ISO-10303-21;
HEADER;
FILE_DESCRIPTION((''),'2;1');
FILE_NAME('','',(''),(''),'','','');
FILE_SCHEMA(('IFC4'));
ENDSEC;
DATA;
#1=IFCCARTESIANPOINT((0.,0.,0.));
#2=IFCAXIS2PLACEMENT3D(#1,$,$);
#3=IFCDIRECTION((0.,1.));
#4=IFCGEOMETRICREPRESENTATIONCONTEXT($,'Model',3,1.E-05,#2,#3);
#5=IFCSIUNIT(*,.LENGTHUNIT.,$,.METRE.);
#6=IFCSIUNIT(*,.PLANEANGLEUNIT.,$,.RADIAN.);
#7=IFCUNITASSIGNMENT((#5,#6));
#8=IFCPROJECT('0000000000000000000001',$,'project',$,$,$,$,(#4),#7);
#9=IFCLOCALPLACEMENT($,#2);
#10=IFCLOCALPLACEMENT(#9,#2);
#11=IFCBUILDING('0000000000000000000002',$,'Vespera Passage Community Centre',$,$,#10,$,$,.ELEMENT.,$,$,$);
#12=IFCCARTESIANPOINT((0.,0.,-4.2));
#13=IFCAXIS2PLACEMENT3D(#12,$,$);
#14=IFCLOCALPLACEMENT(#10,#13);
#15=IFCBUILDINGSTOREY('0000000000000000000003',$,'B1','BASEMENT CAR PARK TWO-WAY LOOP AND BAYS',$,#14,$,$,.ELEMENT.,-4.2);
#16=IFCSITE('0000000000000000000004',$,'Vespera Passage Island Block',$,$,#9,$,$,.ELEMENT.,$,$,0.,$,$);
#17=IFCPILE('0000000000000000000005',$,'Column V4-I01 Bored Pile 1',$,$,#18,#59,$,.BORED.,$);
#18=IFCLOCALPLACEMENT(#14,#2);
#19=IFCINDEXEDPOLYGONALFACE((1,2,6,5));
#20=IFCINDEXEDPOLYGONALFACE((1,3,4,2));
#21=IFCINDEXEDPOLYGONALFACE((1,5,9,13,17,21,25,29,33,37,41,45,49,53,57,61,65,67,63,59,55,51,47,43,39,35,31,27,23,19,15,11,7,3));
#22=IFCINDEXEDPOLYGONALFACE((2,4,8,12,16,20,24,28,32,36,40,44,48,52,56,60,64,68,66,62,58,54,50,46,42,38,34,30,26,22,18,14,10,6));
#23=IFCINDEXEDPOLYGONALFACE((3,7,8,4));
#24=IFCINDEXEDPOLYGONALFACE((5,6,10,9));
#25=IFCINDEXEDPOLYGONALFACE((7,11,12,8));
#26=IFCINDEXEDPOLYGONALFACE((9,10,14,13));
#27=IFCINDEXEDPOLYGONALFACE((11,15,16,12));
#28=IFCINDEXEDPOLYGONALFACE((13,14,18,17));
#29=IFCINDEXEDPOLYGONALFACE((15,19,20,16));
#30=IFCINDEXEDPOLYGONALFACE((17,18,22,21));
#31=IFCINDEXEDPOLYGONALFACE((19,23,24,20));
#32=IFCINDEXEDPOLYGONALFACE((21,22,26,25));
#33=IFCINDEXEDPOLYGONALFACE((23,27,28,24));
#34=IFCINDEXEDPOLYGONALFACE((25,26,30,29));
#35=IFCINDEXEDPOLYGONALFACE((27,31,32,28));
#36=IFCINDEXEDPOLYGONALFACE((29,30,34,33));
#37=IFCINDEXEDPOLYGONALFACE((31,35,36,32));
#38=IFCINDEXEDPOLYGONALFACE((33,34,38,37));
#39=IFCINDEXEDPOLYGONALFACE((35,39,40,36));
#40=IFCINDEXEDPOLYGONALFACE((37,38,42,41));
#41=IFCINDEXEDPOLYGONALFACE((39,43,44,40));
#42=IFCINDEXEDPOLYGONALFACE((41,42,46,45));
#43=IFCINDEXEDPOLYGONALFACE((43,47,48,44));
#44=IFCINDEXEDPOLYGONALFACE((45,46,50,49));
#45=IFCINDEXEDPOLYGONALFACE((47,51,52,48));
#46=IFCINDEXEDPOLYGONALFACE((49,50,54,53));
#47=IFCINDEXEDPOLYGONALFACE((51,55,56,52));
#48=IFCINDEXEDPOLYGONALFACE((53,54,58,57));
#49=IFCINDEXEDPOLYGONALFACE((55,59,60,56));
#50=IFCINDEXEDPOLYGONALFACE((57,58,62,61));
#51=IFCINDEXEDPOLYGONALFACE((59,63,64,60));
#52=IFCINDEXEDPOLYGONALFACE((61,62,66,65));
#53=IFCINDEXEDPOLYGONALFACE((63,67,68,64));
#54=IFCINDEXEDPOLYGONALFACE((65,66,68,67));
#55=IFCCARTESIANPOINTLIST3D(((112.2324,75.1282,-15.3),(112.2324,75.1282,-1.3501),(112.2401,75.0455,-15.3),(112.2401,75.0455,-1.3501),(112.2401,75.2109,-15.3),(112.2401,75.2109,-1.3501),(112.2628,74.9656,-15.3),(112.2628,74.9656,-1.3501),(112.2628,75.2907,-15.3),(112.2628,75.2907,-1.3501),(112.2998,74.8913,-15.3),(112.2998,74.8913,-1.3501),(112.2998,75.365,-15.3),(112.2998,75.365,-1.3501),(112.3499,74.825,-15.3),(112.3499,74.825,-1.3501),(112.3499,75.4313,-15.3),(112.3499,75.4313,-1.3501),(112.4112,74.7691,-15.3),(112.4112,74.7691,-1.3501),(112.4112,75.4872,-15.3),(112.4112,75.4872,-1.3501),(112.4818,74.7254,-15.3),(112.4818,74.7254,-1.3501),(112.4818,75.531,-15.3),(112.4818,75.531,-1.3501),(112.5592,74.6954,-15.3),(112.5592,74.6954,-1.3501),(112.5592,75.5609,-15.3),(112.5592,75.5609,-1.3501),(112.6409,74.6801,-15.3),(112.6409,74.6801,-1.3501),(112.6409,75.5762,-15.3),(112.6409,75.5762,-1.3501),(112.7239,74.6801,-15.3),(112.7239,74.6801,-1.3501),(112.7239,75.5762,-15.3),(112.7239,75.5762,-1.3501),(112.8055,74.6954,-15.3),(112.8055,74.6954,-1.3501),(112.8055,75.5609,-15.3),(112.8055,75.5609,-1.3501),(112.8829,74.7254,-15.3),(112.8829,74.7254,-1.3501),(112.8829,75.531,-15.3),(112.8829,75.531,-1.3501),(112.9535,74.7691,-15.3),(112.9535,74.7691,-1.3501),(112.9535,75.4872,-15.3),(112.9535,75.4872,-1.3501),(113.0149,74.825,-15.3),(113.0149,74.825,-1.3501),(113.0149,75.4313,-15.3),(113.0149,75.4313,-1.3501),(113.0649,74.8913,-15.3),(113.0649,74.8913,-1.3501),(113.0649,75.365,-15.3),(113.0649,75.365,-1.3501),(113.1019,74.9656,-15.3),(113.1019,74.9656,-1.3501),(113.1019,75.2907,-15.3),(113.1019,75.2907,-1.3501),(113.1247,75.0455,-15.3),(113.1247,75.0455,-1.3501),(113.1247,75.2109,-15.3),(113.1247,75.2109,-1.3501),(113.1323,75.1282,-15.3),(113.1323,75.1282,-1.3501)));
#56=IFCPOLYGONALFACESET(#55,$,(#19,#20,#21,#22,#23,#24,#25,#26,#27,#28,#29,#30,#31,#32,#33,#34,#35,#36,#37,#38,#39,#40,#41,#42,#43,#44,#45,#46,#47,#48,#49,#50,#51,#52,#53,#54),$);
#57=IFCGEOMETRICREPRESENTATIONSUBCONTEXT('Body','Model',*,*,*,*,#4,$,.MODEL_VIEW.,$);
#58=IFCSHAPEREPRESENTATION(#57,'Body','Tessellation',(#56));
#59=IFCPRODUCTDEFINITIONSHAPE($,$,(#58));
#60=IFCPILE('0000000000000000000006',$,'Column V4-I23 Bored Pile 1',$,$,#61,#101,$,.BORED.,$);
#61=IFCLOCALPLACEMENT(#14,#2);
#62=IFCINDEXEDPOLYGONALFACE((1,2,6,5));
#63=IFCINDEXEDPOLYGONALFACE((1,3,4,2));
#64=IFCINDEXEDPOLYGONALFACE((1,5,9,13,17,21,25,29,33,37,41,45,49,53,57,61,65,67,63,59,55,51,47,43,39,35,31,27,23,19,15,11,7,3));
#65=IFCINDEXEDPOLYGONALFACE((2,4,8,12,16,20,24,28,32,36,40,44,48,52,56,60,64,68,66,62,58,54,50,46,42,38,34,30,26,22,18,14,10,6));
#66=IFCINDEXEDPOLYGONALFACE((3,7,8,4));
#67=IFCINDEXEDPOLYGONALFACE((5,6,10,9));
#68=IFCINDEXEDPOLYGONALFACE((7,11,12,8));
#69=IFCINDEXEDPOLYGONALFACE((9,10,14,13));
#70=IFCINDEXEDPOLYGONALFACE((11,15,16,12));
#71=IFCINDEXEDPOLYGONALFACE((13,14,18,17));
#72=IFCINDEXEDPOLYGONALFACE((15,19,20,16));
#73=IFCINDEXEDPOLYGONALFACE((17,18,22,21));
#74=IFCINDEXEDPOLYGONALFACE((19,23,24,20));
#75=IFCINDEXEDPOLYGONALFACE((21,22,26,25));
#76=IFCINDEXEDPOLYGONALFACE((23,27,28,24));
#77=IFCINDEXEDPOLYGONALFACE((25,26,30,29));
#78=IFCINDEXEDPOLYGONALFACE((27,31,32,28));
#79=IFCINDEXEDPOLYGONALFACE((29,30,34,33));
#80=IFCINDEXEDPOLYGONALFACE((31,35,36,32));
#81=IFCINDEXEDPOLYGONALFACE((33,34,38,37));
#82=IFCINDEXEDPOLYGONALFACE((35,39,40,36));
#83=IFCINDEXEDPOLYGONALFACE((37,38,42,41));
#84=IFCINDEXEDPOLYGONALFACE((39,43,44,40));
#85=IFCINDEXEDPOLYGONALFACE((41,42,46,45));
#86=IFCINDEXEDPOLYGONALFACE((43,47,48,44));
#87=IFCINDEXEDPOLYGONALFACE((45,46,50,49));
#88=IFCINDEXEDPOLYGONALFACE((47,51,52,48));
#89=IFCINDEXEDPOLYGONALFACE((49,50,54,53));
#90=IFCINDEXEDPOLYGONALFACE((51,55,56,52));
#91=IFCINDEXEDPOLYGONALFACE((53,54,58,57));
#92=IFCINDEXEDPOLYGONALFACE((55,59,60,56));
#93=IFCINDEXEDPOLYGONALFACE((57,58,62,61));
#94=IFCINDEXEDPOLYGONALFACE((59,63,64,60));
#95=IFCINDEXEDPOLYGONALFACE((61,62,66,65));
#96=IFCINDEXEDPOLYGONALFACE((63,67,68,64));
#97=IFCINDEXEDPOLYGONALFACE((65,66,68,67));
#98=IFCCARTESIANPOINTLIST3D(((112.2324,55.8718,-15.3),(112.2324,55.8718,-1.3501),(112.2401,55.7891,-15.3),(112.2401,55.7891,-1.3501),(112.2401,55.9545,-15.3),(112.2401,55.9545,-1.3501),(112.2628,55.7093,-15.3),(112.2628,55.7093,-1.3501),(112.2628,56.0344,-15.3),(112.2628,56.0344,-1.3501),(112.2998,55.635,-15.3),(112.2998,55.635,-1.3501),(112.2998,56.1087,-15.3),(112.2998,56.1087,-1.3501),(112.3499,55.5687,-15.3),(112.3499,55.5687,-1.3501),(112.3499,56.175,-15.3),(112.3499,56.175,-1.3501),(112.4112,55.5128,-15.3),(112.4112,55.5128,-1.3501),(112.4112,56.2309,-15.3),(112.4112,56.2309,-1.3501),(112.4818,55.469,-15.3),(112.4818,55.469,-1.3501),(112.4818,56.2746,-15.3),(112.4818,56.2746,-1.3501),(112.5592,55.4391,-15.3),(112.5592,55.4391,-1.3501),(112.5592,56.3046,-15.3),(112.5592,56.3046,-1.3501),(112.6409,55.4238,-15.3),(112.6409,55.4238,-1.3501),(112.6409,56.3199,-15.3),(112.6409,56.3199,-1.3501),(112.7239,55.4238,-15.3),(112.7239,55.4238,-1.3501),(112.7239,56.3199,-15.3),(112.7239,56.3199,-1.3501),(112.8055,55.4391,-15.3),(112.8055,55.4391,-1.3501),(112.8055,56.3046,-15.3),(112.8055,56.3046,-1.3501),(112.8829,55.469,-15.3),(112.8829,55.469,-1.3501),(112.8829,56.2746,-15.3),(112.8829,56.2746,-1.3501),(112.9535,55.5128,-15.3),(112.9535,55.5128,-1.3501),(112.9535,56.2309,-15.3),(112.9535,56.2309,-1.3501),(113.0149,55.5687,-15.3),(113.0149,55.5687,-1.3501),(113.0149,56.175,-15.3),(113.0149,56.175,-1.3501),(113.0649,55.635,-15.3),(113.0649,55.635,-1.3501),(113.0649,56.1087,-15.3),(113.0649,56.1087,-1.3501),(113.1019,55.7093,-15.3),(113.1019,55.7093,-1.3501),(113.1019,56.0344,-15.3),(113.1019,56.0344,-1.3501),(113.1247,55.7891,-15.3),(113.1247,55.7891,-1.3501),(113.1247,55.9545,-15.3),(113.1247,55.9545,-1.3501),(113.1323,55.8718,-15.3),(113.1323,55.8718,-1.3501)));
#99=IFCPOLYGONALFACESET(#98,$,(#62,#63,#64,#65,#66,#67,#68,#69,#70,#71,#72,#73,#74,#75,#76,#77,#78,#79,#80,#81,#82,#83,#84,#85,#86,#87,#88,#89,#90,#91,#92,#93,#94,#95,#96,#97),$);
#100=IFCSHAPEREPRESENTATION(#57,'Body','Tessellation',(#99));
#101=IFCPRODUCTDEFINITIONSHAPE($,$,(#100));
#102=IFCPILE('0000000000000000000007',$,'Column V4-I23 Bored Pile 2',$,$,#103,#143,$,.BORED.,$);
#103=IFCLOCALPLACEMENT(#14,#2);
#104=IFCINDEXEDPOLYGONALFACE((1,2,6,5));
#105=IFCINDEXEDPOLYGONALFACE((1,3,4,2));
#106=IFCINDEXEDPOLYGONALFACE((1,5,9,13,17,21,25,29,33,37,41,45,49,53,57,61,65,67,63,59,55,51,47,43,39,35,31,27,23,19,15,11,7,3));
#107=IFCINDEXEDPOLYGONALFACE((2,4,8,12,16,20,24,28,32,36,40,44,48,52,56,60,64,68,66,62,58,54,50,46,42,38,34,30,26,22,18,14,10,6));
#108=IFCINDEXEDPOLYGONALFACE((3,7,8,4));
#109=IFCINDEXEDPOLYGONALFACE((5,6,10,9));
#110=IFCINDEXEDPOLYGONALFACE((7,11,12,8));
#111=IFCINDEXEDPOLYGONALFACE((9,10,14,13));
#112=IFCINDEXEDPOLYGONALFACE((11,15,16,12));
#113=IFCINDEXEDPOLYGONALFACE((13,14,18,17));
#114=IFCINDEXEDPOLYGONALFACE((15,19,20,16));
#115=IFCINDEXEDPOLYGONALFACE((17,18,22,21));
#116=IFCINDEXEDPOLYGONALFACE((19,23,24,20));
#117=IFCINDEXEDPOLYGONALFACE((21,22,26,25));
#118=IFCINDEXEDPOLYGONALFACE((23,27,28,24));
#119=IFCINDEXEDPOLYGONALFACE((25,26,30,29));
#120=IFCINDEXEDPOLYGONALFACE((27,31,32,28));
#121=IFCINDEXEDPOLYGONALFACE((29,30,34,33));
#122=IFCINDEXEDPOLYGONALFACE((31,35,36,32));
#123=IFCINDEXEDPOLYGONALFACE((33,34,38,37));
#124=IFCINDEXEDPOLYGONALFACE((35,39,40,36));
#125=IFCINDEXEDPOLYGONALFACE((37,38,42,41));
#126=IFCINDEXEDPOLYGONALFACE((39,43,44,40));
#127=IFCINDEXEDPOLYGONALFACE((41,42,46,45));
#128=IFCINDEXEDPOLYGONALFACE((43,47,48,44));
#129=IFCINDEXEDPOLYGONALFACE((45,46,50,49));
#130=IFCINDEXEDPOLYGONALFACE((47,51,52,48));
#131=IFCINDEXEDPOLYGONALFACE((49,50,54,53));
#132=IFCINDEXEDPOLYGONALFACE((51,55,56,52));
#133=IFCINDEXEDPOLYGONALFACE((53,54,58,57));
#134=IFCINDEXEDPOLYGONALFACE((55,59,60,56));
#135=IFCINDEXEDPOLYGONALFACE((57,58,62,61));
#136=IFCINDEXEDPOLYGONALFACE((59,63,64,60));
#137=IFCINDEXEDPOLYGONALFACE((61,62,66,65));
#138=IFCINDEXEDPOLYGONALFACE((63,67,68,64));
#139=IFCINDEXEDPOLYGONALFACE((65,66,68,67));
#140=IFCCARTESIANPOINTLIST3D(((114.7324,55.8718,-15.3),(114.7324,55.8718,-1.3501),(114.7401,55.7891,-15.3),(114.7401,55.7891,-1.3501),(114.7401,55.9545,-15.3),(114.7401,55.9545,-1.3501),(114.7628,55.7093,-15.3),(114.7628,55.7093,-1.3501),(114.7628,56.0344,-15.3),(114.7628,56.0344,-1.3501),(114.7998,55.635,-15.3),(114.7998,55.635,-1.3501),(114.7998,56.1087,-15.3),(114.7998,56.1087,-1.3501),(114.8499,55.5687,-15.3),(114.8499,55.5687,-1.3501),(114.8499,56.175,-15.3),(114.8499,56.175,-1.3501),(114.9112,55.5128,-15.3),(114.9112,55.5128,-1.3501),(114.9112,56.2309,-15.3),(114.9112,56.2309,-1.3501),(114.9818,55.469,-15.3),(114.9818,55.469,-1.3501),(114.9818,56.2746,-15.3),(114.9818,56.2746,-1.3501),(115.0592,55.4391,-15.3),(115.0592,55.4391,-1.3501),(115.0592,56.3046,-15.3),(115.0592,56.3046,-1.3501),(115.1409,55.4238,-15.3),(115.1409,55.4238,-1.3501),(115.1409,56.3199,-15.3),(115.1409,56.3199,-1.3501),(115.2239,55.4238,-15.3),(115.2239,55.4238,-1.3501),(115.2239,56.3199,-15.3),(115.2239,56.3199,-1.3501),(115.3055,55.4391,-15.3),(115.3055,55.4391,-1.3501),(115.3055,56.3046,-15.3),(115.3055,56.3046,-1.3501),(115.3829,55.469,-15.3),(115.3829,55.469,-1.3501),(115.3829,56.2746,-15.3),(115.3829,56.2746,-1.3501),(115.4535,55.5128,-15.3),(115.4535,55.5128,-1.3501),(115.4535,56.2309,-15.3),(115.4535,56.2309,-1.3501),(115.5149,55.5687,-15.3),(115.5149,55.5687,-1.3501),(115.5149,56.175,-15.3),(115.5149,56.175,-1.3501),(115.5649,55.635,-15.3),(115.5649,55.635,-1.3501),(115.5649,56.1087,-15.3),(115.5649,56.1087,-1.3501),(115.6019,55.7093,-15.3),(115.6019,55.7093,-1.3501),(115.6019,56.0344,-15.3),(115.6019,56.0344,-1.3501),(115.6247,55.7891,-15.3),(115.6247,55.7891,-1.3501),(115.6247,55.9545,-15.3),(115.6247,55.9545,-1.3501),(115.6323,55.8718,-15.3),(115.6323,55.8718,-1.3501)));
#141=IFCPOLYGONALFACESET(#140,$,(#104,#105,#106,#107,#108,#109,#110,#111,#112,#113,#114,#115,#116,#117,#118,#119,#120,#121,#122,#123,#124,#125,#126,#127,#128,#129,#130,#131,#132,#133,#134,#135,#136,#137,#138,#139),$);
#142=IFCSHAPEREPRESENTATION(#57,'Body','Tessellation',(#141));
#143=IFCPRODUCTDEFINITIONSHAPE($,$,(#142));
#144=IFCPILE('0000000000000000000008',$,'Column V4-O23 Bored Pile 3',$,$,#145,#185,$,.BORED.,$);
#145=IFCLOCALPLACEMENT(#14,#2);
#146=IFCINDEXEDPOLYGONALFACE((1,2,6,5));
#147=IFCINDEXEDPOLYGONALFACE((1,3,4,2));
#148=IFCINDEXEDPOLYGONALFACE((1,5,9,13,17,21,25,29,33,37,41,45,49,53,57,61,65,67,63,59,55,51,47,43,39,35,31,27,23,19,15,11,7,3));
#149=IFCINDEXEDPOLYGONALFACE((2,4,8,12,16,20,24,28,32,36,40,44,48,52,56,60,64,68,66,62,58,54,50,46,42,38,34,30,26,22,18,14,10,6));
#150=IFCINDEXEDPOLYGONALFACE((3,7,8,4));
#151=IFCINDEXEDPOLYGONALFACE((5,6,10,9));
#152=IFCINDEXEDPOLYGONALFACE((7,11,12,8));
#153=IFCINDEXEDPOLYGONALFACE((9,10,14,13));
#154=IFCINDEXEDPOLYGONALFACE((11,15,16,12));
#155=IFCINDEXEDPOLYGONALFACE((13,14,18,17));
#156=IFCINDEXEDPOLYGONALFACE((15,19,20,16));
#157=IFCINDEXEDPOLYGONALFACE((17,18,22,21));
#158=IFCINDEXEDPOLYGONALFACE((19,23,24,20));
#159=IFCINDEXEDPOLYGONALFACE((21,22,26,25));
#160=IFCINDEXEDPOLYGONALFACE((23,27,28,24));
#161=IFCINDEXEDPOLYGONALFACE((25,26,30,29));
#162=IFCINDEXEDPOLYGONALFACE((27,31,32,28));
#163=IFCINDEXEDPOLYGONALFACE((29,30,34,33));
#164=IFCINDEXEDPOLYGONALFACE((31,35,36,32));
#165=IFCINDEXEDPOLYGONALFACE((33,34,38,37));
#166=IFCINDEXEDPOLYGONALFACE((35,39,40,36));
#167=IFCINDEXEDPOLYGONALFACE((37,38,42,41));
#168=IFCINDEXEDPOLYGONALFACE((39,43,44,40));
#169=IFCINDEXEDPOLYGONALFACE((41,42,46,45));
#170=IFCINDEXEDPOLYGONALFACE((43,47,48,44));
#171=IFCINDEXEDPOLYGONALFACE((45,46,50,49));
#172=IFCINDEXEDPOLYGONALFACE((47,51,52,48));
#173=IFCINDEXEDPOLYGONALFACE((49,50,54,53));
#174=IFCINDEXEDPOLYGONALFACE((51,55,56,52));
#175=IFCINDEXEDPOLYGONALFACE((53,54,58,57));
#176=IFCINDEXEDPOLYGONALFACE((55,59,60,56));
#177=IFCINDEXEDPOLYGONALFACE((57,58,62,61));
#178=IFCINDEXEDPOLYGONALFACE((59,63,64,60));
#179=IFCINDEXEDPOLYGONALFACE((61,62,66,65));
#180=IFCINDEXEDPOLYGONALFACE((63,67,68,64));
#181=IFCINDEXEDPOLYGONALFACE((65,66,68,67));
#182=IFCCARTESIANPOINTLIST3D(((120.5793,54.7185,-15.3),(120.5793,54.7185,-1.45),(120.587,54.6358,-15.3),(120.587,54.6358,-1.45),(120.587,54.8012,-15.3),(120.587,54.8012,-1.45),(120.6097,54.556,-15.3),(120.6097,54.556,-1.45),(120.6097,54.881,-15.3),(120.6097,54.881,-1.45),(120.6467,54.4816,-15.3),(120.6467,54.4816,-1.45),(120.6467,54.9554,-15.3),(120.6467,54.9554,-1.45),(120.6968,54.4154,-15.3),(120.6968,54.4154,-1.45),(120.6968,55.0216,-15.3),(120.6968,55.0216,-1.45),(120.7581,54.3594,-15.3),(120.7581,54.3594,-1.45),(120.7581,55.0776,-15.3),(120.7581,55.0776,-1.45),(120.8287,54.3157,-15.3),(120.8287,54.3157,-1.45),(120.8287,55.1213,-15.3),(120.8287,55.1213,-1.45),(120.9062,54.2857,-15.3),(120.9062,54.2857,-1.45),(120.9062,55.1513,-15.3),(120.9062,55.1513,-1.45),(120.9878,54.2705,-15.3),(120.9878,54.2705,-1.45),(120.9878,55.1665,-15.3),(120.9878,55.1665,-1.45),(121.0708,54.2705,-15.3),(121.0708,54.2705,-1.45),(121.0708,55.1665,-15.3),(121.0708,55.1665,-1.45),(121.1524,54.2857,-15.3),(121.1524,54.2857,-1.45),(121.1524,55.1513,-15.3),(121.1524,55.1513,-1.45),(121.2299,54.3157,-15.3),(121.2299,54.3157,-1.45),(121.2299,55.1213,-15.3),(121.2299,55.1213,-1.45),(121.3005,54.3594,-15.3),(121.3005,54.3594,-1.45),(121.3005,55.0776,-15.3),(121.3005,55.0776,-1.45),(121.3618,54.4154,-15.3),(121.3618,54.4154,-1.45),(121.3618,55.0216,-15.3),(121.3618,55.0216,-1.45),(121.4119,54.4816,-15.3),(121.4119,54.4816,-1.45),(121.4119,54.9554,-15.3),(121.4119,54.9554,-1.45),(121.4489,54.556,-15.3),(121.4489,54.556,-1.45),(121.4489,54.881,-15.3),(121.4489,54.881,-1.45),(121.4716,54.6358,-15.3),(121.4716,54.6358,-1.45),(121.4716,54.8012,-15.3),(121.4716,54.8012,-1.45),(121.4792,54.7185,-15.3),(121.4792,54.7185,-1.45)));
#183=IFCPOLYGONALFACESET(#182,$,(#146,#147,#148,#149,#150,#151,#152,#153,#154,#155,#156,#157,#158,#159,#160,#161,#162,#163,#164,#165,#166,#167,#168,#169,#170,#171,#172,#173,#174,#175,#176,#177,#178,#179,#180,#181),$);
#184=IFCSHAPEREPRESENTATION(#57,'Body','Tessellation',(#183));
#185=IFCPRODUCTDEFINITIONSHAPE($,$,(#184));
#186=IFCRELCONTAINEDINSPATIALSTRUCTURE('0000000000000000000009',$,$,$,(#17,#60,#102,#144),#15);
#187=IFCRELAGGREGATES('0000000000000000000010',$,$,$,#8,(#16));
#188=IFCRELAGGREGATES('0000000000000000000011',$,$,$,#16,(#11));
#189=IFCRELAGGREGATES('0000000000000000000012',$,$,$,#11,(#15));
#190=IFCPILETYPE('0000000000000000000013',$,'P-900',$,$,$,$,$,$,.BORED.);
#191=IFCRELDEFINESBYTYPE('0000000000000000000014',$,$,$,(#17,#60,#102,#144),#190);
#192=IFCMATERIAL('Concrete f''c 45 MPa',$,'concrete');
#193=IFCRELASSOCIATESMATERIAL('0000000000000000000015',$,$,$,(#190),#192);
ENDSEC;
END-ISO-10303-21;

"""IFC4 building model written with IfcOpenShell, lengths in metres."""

from ifc_helpers import new_model, si_unit, direction, frame, origin, origin_2d, place, context, subcontext, project, spatial, circle, extrude, material, material_profile, profile_set, type_object, element, save


model = new_model("IFC4")

# Units and contexts
model_context = context("Model", 3, precision=1e-05, world=origin(), true_north=direction((0.0, 1.0)))
body_context = subcontext(model_context, "Body", "Model", "MODEL_VIEW")
ifc_project = project(units=[si_unit("LENGTHUNIT", "METRE"), si_unit("PLANEANGLEUNIT", "RADIAN")], contexts=[model_context])

# Site, building, storey
site_placement = place(None, origin())
site = spatial("IfcSite", under=ifc_project, at=site_placement, Name="Vespera Passage Island Block", CompositionType="ELEMENT", RefElevation=0.0)
building_placement = place(site_placement, origin())
building = spatial("IfcBuilding", under=site, at=building_placement, Name="Vespera Passage Community Centre", CompositionType="ELEMENT")
storey_placement = place(building_placement, frame((0.0, 0.0, -4.2)))
storey = spatial("IfcBuildingStorey", under=building, at=storey_placement, Name="B1", Description="BASEMENT CAR PARK TWO-WAY LOOP AND BAYS", CompositionType="ELEMENT", Elevation=-4.2)

# Piles
ifc_material_1 = material(Name="Concrete f'c 45 MPa", Category="concrete")
ifc_material_profile_1 = material_profile(ifc_material_1, circle(Radius=0.45, at=origin_2d()), Name="PILE900DIA")
ifc_profile_set_1 = profile_set([ifc_material_profile_1], Name="Concrete f'c 45 MPa")
pile_type_1 = type_object("IfcPileType", Name="P-900", PredefinedType="BORED", material=ifc_profile_set_1)
for number, where, z_axis, x_axis, name in (
    (1, (112.6824, 75.1282, -1.3501), (0.0, 0.0, -1.0), (1.0, 0.0, 0.0), "Column V4-I01 Bored Pile 1"),
    (2, (112.6824, 55.8718, -1.3501), (0.0, 0.0, -1.0), (1.0, 0.0, 0.0), "Column V4-I23 Bored Pile 1"),
    (3, (115.1824, 55.8718, -1.3501), (0.0, 0.0, -1.0), (1.0, 0.0, 0.0), "Column V4-I23 Bored Pile 2"),
):
    element("IfcPile", number, at=place(storey_placement, frame(where, z_axis=z_axis, x_axis=x_axis)), inside=storey, type_object=pile_type_1, Name=name, PredefinedType="BORED", context=body_context, shape_type="SweptSolid", body=[
        extrude(circle(Radius=0.45, at=origin_2d()), origin(), (0.0, 0.0, 1.0), 13.95),
    ])
for number, where, z_axis, x_axis, name in (
    (4, (121.0293, 54.7185, -1.45), (0.0, 0.0, -1.0), (1.0, 0.0, 0.0), "Column V4-O23 Bored Pile 3"),
):
    element("IfcPile", number, at=place(storey_placement, frame(where, z_axis=z_axis, x_axis=x_axis)), inside=storey, type_object=pile_type_1, Name=name, PredefinedType="BORED", context=body_context, shape_type="SweptSolid", body=[
        extrude(circle(Radius=0.45, at=origin_2d()), origin(), (0.0, 0.0, 1.0), 13.8501),
    ])

save(model, "model.ifc")
